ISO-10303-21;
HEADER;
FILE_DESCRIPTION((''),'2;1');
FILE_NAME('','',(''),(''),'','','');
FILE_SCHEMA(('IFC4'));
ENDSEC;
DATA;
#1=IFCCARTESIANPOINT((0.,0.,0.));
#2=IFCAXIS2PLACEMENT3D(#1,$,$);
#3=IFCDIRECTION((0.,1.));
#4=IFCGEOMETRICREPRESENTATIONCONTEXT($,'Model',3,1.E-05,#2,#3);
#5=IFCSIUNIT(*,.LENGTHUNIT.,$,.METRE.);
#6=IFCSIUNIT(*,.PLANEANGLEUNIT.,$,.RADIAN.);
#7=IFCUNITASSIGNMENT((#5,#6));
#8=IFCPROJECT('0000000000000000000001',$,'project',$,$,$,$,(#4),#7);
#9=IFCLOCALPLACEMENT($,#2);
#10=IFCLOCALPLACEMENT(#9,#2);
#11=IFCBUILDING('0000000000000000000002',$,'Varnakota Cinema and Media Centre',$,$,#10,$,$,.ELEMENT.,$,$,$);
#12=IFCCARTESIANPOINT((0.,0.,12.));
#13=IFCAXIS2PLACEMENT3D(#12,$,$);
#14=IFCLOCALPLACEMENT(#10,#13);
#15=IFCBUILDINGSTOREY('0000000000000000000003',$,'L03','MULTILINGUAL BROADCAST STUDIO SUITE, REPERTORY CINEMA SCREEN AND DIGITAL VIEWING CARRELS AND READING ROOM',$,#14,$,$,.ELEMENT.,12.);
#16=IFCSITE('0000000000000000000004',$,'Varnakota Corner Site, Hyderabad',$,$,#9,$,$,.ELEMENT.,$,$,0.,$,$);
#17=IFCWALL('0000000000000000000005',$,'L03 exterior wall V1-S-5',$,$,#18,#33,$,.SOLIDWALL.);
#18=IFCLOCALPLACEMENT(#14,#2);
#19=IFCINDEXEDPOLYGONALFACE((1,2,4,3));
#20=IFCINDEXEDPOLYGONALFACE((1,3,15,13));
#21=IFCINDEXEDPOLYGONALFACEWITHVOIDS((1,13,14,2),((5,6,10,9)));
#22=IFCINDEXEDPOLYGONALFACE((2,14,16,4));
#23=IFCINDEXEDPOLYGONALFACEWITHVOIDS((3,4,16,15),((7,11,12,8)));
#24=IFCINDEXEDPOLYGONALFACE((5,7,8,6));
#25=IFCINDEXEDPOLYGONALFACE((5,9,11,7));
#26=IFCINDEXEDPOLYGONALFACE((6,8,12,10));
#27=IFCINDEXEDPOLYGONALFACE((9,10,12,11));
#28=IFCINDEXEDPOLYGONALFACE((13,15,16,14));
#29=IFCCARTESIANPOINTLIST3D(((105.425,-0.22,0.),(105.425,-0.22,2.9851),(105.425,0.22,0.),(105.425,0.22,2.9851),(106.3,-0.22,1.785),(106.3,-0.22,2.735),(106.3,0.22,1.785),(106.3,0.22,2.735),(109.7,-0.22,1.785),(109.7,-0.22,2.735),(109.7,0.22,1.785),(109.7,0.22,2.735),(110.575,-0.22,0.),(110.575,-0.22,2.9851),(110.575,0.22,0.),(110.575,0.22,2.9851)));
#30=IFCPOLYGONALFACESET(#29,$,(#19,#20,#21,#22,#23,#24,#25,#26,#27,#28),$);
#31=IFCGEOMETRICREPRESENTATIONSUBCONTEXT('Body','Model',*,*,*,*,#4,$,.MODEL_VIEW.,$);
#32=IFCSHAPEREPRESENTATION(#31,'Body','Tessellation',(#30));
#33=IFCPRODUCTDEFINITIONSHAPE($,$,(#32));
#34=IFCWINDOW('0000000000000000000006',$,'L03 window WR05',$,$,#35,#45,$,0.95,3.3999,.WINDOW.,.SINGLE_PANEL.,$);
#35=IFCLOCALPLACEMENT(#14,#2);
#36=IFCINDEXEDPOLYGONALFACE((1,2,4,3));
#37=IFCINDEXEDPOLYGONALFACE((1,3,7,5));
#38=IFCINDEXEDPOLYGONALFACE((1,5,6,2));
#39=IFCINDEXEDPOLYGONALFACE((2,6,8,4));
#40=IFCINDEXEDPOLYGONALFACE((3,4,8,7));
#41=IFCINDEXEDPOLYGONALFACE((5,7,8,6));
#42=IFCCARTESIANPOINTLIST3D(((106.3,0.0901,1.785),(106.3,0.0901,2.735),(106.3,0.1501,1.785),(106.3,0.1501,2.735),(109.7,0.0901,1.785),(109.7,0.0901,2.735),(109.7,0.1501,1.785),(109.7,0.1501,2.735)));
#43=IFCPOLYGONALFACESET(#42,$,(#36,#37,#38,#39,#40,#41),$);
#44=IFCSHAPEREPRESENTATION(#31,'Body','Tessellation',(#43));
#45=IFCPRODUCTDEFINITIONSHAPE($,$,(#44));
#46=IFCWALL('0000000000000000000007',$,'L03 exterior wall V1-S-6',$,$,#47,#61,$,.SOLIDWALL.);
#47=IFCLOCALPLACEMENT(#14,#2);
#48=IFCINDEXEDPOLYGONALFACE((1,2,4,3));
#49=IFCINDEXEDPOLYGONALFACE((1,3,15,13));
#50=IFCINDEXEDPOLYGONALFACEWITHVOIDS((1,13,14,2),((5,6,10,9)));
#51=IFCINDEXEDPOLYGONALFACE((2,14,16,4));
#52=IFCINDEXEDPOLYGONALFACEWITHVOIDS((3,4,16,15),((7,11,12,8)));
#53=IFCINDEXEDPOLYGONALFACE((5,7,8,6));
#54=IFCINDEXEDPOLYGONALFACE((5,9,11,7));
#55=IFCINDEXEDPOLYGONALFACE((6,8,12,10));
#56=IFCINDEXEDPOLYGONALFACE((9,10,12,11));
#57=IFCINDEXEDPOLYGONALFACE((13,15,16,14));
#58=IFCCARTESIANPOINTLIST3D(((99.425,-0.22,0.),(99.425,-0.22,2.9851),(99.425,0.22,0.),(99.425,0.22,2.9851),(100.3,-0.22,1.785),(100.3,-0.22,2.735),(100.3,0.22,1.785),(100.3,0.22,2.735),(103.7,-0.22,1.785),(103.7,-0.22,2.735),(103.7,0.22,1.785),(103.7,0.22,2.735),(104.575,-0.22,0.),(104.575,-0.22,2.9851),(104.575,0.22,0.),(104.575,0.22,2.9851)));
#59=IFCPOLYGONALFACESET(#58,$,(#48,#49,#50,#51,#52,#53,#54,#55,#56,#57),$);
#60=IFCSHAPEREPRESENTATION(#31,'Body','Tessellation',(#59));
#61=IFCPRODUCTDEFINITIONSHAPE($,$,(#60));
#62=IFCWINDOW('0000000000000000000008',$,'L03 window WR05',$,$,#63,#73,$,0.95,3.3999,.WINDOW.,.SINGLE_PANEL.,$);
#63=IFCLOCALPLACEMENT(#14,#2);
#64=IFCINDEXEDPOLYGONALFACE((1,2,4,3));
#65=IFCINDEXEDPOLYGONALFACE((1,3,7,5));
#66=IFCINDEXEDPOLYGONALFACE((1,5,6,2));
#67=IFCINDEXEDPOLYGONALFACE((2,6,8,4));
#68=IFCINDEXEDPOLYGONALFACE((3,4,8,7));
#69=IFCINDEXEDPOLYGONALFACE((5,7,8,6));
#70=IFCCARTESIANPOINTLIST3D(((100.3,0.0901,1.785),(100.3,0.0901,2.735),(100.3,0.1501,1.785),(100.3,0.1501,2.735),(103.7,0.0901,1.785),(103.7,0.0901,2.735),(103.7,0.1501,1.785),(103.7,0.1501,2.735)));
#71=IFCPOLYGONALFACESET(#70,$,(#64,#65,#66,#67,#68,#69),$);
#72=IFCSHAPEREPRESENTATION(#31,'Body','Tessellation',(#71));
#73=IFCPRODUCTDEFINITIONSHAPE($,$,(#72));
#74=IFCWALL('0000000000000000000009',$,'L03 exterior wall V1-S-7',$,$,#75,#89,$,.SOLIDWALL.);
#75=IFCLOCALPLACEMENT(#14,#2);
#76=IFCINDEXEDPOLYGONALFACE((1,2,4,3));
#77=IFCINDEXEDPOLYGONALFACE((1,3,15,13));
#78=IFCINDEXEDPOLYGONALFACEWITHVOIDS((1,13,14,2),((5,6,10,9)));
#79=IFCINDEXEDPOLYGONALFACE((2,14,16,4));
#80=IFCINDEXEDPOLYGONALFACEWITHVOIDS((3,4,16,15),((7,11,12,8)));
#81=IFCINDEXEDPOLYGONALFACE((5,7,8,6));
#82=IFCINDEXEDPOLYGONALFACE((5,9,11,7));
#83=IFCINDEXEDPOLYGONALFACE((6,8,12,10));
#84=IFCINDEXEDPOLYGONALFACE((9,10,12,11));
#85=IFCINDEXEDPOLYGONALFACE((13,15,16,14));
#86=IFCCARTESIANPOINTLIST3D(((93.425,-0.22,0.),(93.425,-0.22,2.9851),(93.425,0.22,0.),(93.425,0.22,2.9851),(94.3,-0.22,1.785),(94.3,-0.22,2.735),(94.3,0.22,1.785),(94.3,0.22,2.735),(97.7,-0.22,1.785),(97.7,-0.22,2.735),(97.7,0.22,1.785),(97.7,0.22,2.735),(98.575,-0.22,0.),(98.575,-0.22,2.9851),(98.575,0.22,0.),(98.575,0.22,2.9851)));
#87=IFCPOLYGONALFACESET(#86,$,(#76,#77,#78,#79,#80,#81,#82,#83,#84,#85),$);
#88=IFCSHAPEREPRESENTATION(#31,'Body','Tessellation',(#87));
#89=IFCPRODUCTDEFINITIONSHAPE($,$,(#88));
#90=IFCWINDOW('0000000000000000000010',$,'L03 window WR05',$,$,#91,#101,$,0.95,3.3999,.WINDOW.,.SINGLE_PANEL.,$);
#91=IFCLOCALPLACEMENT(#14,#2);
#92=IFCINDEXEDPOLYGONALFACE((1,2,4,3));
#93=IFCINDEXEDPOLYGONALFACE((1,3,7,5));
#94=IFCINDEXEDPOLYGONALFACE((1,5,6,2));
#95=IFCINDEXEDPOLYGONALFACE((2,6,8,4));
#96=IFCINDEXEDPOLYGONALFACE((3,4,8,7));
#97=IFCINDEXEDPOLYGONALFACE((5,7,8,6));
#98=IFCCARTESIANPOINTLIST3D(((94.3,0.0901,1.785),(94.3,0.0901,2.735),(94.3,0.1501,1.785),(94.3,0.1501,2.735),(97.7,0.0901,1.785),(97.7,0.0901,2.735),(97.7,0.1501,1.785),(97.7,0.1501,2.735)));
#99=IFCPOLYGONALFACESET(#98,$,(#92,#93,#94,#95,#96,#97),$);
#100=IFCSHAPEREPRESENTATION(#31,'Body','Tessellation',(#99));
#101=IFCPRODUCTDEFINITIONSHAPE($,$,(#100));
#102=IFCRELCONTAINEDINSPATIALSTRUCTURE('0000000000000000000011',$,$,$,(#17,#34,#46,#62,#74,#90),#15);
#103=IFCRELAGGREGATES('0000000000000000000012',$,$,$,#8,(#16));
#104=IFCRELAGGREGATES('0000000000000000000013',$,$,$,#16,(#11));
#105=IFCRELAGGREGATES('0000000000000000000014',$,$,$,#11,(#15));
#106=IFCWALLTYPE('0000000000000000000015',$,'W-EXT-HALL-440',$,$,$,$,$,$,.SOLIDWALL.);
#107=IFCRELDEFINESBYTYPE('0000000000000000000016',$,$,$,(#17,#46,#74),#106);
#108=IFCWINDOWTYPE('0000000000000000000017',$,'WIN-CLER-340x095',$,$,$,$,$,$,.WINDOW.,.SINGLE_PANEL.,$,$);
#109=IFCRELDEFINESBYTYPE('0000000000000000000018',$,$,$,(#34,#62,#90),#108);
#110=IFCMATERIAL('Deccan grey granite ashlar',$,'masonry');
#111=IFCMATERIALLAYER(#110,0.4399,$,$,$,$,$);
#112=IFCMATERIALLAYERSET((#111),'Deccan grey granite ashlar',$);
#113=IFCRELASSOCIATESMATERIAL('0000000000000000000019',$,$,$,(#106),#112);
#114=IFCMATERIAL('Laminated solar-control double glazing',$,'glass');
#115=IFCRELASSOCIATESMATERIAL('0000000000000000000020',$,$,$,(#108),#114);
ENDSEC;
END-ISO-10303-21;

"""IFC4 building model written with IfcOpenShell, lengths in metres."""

from ifc_helpers import new_model, si_unit, direction, frame, frame_2d, origin, place, context, subcontext, project, spatial, rectangle, extrude, material, layer, layer_set, type_object, element, fill, save


model = new_model("IFC4")

# Units and contexts
model_context = context("Model", 3, precision=1e-05, world=origin(), true_north=direction((0.0, 1.0)))
body_context = subcontext(model_context, "Body", "Model", "MODEL_VIEW")
ifc_project = project(units=[si_unit("LENGTHUNIT", "METRE"), si_unit("PLANEANGLEUNIT", "RADIAN")], contexts=[model_context])

# Site, building, storey
site_placement = place(None, origin())
site = spatial("IfcSite", under=ifc_project, at=site_placement, Name="Varnakota Corner Site, Hyderabad", CompositionType="ELEMENT", RefElevation=0.0)
building_placement = place(site_placement, origin())
building = spatial("IfcBuilding", under=site, at=building_placement, Name="Varnakota Cinema and Media Centre", CompositionType="ELEMENT")
storey_placement = place(building_placement, frame((0.0, 0.0, 12.0)))
storey = spatial("IfcBuildingStorey", under=building, at=storey_placement, Name="L03", Description="MULTILINGUAL BROADCAST STUDIO SUITE, REPERTORY CINEMA SCREEN AND DIGITAL VIEWING CARRELS AND READING ROOM", CompositionType="ELEMENT", Elevation=12.0)

# Walls, openings, windows
ifc_material_1 = material(Name="Deccan grey granite ashlar", Category="masonry")
ifc_layer_1 = layer(ifc_material_1, 0.4399)
ifc_layer_set_1 = layer_set([ifc_layer_1], Name="Deccan grey granite ashlar")
wall_type = type_object("IfcWallType", Name="W-EXT-HALL-440", PredefinedType="SOLIDWALL", material=ifc_layer_set_1)
wall_1_placement = place(storey_placement, frame((110.575, 0.0, 0.0), z_axis=(0.0, 0.0, 1.0), x_axis=(-1.0, 0.0, 0.0)))
wall_1 = element("IfcWall", 1, at=wall_1_placement, inside=storey, type_object=wall_type, Name="L03 exterior wall V1-S-5", PredefinedType="SOLIDWALL", context=body_context, shape_type="SweptSolid", body=[
    extrude(rectangle(XDim=5.1499, YDim=0.4399, at=frame_2d((2.575, 0.0))), origin(), (0.0, 0.0, 1.0), 2.9851),
])
opening_1_placement = place(wall_1_placement, frame((0.875, 0.0, 1.7849)))
opening_1 = element("IfcOpeningElement", 2, at=opening_1_placement, cuts=wall_1, PredefinedType="OPENING", context=body_context, shape_type="SweptSolid", body=[
    extrude(rectangle(XDim=3.3999, YDim=0.95, at=frame_2d((1.7, 0.4751))), frame((0.0, 0.22, 0.0), z_axis=(0.0, -1.0, 0.0), x_axis=(1.0, 0.0, 0.0)), (0.0, 0.0, 1.0), 0.4399),
])
ifc_material_2 = material(Name="Laminated solar-control double glazing", Category="glass")
window_type = type_object("IfcWindowType", Name="WIN-CLER-340x095", PartitioningType="SINGLE_PANEL", PredefinedType="WINDOW", material=ifc_material_2)
window_1_placement = place(opening_1_placement, origin())
window_1 = element("IfcWindow", 3, at=window_1_placement, inside=storey, type_object=window_type, Name="L03 window WR05", OverallHeight=0.95, OverallWidth=3.3999, PartitioningType="SINGLE_PANEL", PredefinedType="WINDOW", context=body_context, shape_type="SweptSolid", body=[
    extrude(rectangle(XDim=3.3999, YDim=0.95, at=frame_2d((1.7, 0.4751))), frame((0.0, -0.0901, 0.0), z_axis=(0.0, -1.0, 0.0), x_axis=(1.0, 0.0, 0.0)), (0.0, 0.0, 1.0), 0.0601),
])
fill(opening_1, window_1)
wall_2_placement = place(storey_placement, frame((104.575, 0.0, 0.0), z_axis=(0.0, 0.0, 1.0), x_axis=(-1.0, 0.0, 0.0)))
wall_2 = element("IfcWall", 4, at=wall_2_placement, inside=storey, type_object=wall_type, Name="L03 exterior wall V1-S-6", PredefinedType="SOLIDWALL", context=body_context, shape_type="SweptSolid", body=[
    extrude(rectangle(XDim=5.1499, YDim=0.4399, at=frame_2d((2.575, 0.0))), origin(), (0.0, 0.0, 1.0), 2.9851),
])
opening_2_placement = place(wall_2_placement, frame((0.875, 0.0, 1.7849)))
opening_2 = element("IfcOpeningElement", 5, at=opening_2_placement, cuts=wall_2, PredefinedType="OPENING", context=body_context, shape_type="SweptSolid", body=[
    extrude(rectangle(XDim=3.3999, YDim=0.95, at=frame_2d((1.7, 0.4751))), frame((0.0, 0.22, 0.0), z_axis=(0.0, -1.0, 0.0), x_axis=(1.0, 0.0, 0.0)), (0.0, 0.0, 1.0), 0.4399),
])
window_2_placement = place(opening_2_placement, origin())
window_2 = element("IfcWindow", 6, at=window_2_placement, inside=storey, type_object=window_type, Name="L03 window WR05", OverallHeight=0.95, OverallWidth=3.3999, PartitioningType="SINGLE_PANEL", PredefinedType="WINDOW", context=body_context, shape_type="SweptSolid", body=[
    extrude(rectangle(XDim=3.3999, YDim=0.95, at=frame_2d((1.7, 0.4751))), frame((0.0, -0.0901, 0.0), z_axis=(0.0, -1.0, 0.0), x_axis=(1.0, 0.0, 0.0)), (0.0, 0.0, 1.0), 0.0601),
])
fill(opening_2, window_2)
wall_3_placement = place(storey_placement, frame((98.575, 0.0, 0.0), z_axis=(0.0, 0.0, 1.0), x_axis=(-1.0, 0.0, 0.0)))
wall_3 = element("IfcWall", 7, at=wall_3_placement, inside=storey, type_object=wall_type, Name="L03 exterior wall V1-S-7", PredefinedType="SOLIDWALL", context=body_context, shape_type="SweptSolid", body=[
    extrude(rectangle(XDim=5.1499, YDim=0.4399, at=frame_2d((2.575, 0.0))), origin(), (0.0, 0.0, 1.0), 2.9851),
])
opening_3_placement = place(wall_3_placement, frame((0.875, 0.0, 1.7849)))
opening_3 = element("IfcOpeningElement", 8, at=opening_3_placement, cuts=wall_3, PredefinedType="OPENING", context=body_context, shape_type="SweptSolid", body=[
    extrude(rectangle(XDim=3.3999, YDim=0.95, at=frame_2d((1.7, 0.4751))), frame((0.0, 0.22, 0.0), z_axis=(0.0, -1.0, 0.0), x_axis=(1.0, 0.0, 0.0)), (0.0, 0.0, 1.0), 0.4399),
])
window_3_placement = place(opening_3_placement, origin())
window_3 = element("IfcWindow", 9, at=window_3_placement, inside=storey, type_object=window_type, Name="L03 window WR05", OverallHeight=0.95, OverallWidth=3.3999, PartitioningType="SINGLE_PANEL", PredefinedType="WINDOW", context=body_context, shape_type="SweptSolid", body=[
    extrude(rectangle(XDim=3.3999, YDim=0.95, at=frame_2d((1.7, 0.4751))), frame((0.0, -0.0901, 0.0), z_axis=(0.0, -1.0, 0.0), x_axis=(1.0, 0.0, 0.0)), (0.0, 0.0, 1.0), 0.0601),
])
fill(opening_3, window_3)

save(model, "model.ifc")
